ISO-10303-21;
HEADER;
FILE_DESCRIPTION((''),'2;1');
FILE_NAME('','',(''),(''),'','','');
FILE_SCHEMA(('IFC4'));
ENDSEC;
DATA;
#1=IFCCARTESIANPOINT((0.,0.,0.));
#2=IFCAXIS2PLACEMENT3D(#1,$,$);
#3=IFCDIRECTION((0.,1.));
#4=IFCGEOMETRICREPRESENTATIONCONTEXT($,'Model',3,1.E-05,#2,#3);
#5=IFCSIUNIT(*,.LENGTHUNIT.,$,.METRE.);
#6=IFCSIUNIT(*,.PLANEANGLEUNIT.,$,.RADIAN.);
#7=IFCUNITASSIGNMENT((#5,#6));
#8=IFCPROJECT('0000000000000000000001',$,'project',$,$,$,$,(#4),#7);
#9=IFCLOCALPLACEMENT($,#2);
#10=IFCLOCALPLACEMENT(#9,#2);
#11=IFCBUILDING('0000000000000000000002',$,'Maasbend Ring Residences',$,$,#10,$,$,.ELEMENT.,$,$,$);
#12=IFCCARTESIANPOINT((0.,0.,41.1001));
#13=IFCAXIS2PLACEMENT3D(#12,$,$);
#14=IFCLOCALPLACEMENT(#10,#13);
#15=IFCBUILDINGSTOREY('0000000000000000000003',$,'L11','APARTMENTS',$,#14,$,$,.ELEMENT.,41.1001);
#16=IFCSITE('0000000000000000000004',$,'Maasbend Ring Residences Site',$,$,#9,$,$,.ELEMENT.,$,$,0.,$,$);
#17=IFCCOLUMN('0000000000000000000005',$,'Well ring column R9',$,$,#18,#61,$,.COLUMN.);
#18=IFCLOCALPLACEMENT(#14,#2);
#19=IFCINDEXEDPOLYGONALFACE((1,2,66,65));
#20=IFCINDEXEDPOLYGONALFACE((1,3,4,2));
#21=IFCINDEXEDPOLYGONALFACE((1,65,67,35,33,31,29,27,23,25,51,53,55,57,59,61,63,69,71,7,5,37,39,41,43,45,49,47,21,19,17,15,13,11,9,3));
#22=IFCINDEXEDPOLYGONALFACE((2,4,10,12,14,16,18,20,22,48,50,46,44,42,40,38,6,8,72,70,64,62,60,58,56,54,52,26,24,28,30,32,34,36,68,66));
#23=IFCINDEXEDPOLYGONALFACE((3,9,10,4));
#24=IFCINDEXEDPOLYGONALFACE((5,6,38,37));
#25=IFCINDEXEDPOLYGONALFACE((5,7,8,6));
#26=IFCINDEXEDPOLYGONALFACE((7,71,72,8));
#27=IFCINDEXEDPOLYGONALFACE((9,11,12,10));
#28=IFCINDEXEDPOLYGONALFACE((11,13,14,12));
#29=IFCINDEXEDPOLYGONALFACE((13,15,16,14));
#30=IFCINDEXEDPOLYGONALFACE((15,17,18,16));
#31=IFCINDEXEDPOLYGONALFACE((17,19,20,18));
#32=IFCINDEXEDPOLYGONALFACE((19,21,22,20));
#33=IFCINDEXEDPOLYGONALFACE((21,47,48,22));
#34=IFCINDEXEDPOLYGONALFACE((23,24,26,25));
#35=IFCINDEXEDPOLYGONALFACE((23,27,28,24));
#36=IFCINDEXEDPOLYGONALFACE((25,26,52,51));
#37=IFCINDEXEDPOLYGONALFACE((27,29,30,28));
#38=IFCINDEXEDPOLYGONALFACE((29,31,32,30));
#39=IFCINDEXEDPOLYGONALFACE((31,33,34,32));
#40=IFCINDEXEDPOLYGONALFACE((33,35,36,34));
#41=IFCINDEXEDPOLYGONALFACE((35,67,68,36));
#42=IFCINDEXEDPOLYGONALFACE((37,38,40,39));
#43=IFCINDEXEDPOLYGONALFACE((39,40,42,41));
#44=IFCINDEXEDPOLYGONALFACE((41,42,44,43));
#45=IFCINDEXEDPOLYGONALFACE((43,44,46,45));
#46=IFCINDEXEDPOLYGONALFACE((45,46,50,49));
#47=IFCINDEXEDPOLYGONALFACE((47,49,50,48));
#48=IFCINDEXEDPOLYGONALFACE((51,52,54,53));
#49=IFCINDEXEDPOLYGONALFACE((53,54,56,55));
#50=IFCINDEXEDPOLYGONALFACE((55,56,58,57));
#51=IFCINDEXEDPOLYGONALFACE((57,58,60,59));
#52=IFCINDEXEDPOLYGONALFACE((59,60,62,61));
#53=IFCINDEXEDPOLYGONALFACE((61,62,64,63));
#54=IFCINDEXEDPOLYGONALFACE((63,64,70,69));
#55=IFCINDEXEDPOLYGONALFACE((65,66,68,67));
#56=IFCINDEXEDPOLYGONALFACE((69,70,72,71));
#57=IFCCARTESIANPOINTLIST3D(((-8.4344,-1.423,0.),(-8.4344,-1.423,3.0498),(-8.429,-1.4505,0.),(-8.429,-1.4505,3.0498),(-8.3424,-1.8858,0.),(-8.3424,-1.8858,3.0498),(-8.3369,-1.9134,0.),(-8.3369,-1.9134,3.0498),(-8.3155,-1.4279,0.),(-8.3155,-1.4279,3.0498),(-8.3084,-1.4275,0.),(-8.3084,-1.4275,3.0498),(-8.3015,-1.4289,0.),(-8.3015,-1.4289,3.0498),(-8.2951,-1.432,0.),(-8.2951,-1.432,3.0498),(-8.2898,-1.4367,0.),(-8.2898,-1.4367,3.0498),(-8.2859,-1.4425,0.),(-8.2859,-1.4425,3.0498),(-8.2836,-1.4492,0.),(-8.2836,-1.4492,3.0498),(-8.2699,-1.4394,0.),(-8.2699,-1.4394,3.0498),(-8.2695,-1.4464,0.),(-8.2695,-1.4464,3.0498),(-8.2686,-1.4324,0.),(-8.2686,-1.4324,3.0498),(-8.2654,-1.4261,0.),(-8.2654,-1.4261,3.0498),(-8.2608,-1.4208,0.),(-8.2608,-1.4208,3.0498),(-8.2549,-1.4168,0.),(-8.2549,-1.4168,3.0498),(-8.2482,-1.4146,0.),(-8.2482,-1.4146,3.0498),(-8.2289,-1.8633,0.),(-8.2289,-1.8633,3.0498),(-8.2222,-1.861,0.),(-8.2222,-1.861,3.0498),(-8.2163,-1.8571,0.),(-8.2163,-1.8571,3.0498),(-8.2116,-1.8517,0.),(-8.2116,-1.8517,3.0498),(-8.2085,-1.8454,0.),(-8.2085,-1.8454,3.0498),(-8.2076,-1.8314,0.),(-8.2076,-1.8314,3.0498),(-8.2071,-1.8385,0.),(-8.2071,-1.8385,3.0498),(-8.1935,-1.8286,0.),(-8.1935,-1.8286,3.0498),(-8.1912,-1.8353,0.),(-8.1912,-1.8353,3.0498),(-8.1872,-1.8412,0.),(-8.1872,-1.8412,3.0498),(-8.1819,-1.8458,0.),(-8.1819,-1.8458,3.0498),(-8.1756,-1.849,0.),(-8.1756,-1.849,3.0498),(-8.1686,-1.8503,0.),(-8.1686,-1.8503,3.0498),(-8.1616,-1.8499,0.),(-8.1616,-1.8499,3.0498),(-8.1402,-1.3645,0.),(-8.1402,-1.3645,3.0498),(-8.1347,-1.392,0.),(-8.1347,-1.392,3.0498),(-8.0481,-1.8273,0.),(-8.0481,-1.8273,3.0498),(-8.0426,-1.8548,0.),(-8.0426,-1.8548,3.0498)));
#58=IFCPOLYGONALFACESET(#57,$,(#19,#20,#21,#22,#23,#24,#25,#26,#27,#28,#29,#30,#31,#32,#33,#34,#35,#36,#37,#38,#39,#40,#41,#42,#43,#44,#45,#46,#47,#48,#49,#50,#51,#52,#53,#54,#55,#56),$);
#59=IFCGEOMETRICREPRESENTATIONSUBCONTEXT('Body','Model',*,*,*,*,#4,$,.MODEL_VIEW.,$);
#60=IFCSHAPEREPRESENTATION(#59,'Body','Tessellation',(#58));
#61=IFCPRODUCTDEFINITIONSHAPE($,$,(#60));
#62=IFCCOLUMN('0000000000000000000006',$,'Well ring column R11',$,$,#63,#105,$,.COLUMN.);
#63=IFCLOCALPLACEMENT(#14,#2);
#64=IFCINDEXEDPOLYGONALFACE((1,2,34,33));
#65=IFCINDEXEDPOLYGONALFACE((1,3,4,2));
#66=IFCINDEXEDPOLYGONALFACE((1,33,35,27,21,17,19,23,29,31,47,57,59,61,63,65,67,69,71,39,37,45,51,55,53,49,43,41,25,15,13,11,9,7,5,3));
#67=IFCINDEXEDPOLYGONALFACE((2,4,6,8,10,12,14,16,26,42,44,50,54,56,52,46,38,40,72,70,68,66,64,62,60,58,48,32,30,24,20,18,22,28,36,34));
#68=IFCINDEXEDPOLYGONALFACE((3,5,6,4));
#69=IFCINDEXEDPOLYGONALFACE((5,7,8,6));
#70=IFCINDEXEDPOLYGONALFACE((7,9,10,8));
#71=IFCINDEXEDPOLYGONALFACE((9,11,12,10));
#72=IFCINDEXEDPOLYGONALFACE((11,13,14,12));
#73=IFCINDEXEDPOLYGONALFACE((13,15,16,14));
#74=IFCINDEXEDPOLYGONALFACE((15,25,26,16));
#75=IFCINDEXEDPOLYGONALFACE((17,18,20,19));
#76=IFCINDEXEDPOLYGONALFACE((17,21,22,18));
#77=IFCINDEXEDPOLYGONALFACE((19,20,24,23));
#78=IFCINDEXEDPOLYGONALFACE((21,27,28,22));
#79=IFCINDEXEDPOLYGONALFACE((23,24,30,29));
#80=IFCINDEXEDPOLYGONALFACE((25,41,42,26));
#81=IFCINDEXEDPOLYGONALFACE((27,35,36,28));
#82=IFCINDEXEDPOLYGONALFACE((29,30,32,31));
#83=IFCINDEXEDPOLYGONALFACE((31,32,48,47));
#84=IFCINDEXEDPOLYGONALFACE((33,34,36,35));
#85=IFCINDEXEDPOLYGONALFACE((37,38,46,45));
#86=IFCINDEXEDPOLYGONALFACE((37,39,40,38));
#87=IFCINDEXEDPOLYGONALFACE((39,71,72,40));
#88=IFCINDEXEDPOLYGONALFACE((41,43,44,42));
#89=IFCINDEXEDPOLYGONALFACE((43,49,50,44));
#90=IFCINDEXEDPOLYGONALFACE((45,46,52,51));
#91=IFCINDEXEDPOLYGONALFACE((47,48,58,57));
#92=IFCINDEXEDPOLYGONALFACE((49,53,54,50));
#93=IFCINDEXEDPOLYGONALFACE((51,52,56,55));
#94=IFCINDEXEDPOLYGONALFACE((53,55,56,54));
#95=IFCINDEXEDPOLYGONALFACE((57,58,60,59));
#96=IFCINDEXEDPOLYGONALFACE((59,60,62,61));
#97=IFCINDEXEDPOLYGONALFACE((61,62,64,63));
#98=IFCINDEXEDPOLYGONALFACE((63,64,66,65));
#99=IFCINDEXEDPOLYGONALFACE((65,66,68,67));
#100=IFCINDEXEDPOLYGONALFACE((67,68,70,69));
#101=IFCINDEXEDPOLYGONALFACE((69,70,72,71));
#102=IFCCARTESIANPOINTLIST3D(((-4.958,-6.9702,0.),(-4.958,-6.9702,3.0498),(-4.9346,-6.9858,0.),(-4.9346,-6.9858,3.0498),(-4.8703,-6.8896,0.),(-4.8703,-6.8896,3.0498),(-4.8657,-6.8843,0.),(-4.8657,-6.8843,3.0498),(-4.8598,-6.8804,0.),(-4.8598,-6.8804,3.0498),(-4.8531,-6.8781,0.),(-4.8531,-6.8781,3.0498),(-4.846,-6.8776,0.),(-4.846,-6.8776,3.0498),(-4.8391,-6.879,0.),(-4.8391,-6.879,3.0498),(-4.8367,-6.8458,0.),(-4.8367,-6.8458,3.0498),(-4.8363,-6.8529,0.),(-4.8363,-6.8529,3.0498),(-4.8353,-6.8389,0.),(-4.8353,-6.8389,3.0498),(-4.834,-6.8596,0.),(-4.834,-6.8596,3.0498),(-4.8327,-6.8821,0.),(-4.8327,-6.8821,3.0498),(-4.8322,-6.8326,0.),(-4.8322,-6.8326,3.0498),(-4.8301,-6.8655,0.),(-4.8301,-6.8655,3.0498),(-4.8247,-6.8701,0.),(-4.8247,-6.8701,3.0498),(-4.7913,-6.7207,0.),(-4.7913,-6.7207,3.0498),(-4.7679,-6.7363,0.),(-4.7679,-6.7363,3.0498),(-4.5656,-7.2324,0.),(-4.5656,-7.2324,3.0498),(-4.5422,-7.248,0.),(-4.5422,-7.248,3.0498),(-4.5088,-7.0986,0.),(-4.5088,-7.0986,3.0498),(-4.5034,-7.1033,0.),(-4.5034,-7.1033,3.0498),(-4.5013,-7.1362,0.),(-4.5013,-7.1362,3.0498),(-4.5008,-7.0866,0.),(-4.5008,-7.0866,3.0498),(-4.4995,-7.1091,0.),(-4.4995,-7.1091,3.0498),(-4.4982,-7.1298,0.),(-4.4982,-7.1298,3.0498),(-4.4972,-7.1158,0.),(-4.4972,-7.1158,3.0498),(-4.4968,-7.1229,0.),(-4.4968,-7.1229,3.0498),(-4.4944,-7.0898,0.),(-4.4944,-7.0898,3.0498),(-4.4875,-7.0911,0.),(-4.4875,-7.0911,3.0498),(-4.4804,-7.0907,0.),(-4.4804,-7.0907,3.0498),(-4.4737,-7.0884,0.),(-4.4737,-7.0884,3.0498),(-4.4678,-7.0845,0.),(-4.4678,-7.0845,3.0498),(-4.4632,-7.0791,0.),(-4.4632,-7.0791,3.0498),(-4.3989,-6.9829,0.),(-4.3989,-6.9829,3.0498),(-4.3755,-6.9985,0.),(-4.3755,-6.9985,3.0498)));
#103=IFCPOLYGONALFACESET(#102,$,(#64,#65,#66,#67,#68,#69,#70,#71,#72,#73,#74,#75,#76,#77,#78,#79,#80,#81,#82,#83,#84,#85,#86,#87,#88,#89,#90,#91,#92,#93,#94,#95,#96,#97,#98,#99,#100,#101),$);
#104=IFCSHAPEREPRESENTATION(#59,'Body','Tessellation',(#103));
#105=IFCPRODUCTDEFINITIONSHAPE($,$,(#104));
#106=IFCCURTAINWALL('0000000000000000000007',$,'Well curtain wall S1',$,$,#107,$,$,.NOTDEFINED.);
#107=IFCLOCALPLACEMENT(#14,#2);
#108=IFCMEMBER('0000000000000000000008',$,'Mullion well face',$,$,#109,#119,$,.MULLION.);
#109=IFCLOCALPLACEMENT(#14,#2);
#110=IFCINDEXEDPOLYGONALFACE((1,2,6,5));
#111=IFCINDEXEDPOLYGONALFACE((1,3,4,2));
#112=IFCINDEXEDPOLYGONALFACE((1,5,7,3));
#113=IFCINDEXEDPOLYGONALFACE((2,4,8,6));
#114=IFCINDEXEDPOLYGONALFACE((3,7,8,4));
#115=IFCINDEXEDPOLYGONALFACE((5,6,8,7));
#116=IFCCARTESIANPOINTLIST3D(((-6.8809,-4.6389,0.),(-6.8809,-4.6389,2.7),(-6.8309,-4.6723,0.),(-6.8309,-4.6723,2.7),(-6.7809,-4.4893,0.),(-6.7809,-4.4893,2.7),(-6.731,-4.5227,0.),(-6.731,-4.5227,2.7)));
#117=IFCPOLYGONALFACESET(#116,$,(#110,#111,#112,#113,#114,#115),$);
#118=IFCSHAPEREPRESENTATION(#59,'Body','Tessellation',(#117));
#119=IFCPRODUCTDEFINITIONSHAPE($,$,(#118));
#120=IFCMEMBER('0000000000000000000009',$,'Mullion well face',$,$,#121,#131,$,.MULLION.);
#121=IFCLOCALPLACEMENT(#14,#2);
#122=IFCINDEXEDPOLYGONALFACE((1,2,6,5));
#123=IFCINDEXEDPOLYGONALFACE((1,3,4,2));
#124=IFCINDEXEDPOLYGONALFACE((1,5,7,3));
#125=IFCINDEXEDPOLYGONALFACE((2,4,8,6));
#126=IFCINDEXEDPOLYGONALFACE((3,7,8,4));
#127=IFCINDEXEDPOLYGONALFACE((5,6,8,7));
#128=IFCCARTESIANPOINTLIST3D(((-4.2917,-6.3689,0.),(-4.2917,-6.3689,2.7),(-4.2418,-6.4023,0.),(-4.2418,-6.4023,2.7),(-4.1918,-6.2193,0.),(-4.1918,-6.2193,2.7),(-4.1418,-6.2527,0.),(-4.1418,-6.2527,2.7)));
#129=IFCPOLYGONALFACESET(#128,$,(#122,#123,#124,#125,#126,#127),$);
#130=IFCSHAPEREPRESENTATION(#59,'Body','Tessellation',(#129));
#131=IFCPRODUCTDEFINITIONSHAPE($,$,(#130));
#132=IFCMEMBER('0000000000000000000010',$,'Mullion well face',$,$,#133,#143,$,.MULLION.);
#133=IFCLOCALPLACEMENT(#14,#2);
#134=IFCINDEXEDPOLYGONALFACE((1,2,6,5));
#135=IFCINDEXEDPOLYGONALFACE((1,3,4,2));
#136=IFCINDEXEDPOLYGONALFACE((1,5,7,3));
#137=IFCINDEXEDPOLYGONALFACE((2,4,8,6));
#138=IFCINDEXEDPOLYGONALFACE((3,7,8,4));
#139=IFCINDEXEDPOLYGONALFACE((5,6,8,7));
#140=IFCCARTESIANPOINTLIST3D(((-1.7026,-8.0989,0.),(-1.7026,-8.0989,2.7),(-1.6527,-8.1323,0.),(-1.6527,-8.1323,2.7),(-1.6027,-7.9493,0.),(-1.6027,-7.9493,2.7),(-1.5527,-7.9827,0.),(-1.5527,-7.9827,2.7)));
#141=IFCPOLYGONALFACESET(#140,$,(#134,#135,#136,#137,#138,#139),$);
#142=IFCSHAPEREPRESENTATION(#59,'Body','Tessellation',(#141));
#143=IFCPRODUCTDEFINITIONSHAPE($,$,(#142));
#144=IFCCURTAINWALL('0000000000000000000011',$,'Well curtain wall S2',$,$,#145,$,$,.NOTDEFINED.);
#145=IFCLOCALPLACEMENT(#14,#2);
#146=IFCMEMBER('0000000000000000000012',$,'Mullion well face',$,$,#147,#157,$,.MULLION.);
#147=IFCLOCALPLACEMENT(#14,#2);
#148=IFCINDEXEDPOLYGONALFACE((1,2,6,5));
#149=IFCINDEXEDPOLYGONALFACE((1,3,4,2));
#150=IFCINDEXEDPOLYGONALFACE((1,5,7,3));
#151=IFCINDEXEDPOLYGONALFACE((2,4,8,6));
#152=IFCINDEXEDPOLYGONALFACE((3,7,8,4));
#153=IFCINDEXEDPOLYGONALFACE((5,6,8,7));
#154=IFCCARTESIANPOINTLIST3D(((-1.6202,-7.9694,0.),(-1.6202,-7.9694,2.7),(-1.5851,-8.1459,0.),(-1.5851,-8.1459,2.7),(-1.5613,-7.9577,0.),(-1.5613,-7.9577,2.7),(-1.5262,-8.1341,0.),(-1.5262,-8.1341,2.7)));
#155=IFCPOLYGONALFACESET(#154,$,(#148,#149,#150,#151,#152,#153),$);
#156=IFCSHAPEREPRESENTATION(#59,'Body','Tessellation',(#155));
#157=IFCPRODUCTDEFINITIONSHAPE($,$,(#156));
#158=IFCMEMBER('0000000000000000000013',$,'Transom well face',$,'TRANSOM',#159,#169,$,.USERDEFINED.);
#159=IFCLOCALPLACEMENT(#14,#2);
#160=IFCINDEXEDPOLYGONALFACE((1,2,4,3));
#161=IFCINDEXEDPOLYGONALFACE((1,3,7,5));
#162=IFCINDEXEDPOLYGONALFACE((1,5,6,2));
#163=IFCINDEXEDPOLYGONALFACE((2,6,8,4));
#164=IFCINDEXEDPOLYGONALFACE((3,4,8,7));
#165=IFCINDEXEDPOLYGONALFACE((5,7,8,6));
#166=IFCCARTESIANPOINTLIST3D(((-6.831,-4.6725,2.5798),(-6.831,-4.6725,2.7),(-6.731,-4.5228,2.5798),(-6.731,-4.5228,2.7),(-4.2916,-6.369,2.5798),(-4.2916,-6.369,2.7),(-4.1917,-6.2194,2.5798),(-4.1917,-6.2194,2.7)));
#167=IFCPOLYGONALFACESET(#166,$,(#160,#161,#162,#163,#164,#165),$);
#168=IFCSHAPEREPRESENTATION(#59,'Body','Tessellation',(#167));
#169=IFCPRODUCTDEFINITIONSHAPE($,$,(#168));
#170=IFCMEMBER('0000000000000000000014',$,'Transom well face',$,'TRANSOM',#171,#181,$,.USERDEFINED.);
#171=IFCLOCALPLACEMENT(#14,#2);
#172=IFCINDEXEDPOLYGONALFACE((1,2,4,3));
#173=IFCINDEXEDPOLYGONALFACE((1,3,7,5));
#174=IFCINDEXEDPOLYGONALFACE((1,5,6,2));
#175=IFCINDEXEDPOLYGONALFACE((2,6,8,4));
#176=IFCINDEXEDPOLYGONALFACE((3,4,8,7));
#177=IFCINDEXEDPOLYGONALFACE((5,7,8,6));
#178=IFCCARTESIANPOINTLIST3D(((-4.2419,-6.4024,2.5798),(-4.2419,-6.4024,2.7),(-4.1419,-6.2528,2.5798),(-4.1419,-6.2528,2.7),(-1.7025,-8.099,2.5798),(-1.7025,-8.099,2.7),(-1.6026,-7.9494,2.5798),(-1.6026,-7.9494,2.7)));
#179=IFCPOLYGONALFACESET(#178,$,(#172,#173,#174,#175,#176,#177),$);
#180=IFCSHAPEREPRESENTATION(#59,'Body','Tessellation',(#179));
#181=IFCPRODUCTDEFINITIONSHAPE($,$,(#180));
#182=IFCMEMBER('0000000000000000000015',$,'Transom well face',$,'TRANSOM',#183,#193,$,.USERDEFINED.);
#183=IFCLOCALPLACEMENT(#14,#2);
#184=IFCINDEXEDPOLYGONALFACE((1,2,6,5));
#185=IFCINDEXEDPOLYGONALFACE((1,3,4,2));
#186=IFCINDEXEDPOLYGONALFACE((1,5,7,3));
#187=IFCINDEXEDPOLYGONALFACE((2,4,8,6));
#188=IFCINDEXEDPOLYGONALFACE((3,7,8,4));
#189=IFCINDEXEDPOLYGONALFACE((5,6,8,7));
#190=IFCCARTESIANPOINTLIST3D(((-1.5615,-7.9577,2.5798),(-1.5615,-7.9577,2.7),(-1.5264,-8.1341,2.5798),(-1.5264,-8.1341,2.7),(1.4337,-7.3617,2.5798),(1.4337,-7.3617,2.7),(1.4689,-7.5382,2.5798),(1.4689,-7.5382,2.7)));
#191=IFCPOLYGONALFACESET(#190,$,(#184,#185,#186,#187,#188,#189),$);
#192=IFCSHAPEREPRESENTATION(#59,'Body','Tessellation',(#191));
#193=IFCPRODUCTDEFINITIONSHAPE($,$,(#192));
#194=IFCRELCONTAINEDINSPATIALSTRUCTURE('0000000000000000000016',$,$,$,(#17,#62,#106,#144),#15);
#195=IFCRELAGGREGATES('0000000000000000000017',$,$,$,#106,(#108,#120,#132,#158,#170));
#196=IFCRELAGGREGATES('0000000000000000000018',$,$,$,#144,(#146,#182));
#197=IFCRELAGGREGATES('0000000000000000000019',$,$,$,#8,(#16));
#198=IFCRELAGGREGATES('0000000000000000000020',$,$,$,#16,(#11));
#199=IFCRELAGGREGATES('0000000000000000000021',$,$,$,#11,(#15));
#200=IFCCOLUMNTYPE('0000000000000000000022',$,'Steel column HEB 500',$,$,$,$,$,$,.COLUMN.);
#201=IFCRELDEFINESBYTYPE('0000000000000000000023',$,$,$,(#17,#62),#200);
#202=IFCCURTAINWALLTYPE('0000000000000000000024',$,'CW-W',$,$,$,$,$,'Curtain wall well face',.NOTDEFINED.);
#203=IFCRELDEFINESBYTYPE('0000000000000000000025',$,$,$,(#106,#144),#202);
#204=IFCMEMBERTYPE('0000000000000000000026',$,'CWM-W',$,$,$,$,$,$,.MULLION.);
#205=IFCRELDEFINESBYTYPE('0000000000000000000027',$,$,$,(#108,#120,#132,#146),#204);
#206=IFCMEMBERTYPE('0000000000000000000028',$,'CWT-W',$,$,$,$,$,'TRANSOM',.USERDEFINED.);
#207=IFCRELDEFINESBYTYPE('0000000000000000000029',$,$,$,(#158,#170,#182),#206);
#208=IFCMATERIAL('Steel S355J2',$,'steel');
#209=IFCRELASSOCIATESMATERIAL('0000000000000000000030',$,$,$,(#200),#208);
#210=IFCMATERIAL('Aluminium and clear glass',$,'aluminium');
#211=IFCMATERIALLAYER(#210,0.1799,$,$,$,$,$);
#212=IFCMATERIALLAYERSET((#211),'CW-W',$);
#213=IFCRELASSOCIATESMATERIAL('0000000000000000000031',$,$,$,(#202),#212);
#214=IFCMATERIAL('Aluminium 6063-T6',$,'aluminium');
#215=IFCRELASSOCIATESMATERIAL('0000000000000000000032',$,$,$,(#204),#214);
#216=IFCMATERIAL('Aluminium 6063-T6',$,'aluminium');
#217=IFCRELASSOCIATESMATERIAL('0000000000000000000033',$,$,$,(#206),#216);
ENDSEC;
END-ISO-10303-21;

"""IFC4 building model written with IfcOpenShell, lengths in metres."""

from ifc_helpers import new_model, si_unit, direction, frame, origin, origin_2d, place, context, subcontext, project, spatial, rectangle, i_section, extrude, material, layer, layer_set, material_profile, profile_set, type_object, element, aggregate, save


model = new_model("IFC4")

# Units and contexts
model_context = context("Model", 3, precision=1e-05, world=origin(), true_north=direction((0.0, 1.0)))
body_context = subcontext(model_context, "Body", "Model", "MODEL_VIEW")
ifc_project = project(units=[si_unit("LENGTHUNIT", "METRE"), si_unit("PLANEANGLEUNIT", "RADIAN")], contexts=[model_context])

# Site, building, storey
site_placement = place(None, origin())
site = spatial("IfcSite", under=ifc_project, at=site_placement, Name="Maasbend Ring Residences Site", CompositionType="ELEMENT", RefElevation=0.0)
building_placement = place(site_placement, origin())
building = spatial("IfcBuilding", under=site, at=building_placement, Name="Maasbend Ring Residences", CompositionType="ELEMENT")
storey_placement = place(building_placement, frame((0.0, 0.0, 41.1001)))
storey = spatial("IfcBuildingStorey", under=building, at=storey_placement, Name="L11", Description="APARTMENTS", CompositionType="ELEMENT", Elevation=41.1001)

# Columns
ifc_material_1 = material(Name="Steel S355J2", Category="steel")
ifc_material_profile_1 = material_profile(ifc_material_1, i_section(OverallWidth=0.3, OverallDepth=0.5, WebThickness=0.0144, FlangeThickness=0.0281, FilletRadius=0.0271, at=origin_2d()), Name="HEB 500")
ifc_profile_set_1 = profile_set([ifc_material_profile_1], Name="Steel S355J2")
column_type = type_object("IfcColumnType", Name="Steel column HEB 500", PredefinedType="COLUMN", material=ifc_profile_set_1)
for number, where, z_axis, x_axis, name in (
    (1, (-8.2385, -1.6389, 0.0), (0.0, 0.0, 1.0), (-0.980785, -0.19509, 0.0), "Well ring column R9"),
    (2, (-4.6667, -6.9844, 0.0), (0.0, 0.0, 1.0), (-0.55557, -0.83147, 0.0), "Well ring column R11"),
):
    element("IfcColumn", number, at=place(storey_placement, frame(where, z_axis=z_axis, x_axis=x_axis)), inside=storey, type_object=column_type, Name=name, PredefinedType="COLUMN", context=body_context, shape_type="SweptSolid", body=[
        extrude(i_section(OverallWidth=0.3, OverallDepth=0.5, WebThickness=0.0144, FlangeThickness=0.0281, FilletRadius=0.0271, at=origin_2d()), origin(), (0.0, 0.0, 1.0), 3.0498),
    ])

# Curtain wall, members
ifc_material_2 = material(Name="Aluminium and clear glass", Category="aluminium")
ifc_layer_1 = layer(ifc_material_2, 0.1799)
ifc_layer_set_1 = layer_set([ifc_layer_1], Name="CW-W")
curtain_wall_type = type_object("IfcCurtainWallType", Name="CW-W", ElementType="Curtain wall well face", PredefinedType="NOTDEFINED", material=ifc_layer_set_1)
curtain_wall_1_placement = place(storey_placement, origin())
curtain_wall_1 = element("IfcCurtainWall", 3, at=curtain_wall_1_placement, inside=storey, type_object=curtain_wall_type, Name="Well curtain wall S1", PredefinedType="NOTDEFINED")
ifc_material_3 = material(Name="Aluminium 6063-T6", Category="aluminium")
ifc_material_profile_2 = material_profile(ifc_material_3, rectangle(XDim=0.1799, YDim=0.0601, at=origin_2d()), Name="AL 180x60")
ifc_profile_set_2 = profile_set([ifc_material_profile_2], Name="Aluminium 6063-T6")
member_type_1 = type_object("IfcMemberType", Name="CWM-W", PredefinedType="MULLION", material=ifc_profile_set_2)
member_1_placement = place(storey_placement, frame((-6.8059, -4.5808, 0.0), z_axis=(0.0, 0.0, 1.0), x_axis=(0.55557, 0.83147, 0.0)))
member_1 = element("IfcMember", 4, at=member_1_placement, type_object=member_type_1, Name="Mullion well face", PredefinedType="MULLION", context=body_context, shape_type="SweptSolid", body=[
    extrude(rectangle(XDim=0.1799, YDim=0.0601, at=origin_2d()), origin(), (0.0, 0.0, 1.0), 2.7),
])
member_2_placement = place(storey_placement, frame((-4.2168, -6.3108, 0.0), z_axis=(0.0, 0.0, 1.0), x_axis=(0.55557, 0.83147, 0.0)))
member_2 = element("IfcMember", 5, at=member_2_placement, type_object=member_type_1, Name="Mullion well face", PredefinedType="MULLION", context=body_context, shape_type="SweptSolid", body=[
    extrude(rectangle(XDim=0.1799, YDim=0.0601, at=origin_2d()), origin(), (0.0, 0.0, 1.0), 2.7),
])
member_3_placement = place(storey_placement, frame((-1.6277, -8.0408, 0.0), z_axis=(0.0, 0.0, 1.0), x_axis=(0.55557, 0.83147, 0.0)))
member_3 = element("IfcMember", 6, at=member_3_placement, type_object=member_type_1, Name="Mullion well face", PredefinedType="MULLION", context=body_context, shape_type="SweptSolid", body=[
    extrude(rectangle(XDim=0.1799, YDim=0.0601, at=origin_2d()), origin(), (0.0, 0.0, 1.0), 2.7),
])

# Curtain wall, member
curtain_wall_2_placement = place(storey_placement, origin())
curtain_wall_2 = element("IfcCurtainWall", 7, at=curtain_wall_2_placement, inside=storey, type_object=curtain_wall_type, Name="Well curtain wall S2", PredefinedType="NOTDEFINED")
member_4_placement = place(storey_placement, frame((-1.5732, -8.0518, 0.0), z_axis=(0.0, 0.0, 1.0), x_axis=(-0.19509, 0.980785, 0.0)))
member_4 = element("IfcMember", 8, at=member_4_placement, type_object=member_type_1, Name="Mullion well face", PredefinedType="MULLION", context=body_context, shape_type="SweptSolid", body=[
    extrude(rectangle(XDim=0.1799, YDim=0.0601, at=origin_2d()), origin(), (0.0, 0.0, 1.0), 2.7),
])

# Members
ifc_material_4 = material(Name="Aluminium 6063-T6", Category="aluminium")
ifc_material_profile_3 = material_profile(ifc_material_4, rectangle(XDim=0.1799, YDim=0.1201, at=origin_2d()), Name="AL 180x120")
ifc_profile_set_3 = profile_set([ifc_material_profile_3], Name="Aluminium 6063-T6")
member_type_2 = type_object("IfcMemberType", Name="CWT-W", ElementType="TRANSOM", PredefinedType="USERDEFINED", material=ifc_profile_set_3)
member_5_placement = place(storey_placement, frame((-6.781, -4.5977, 2.6399), z_axis=(0.831496, -0.55553, 0.0), x_axis=(0.55553, 0.831496, 0.0)))
member_5 = element("IfcMember", 9, at=member_5_placement, type_object=member_type_2, Name="Transom well face", ObjectType="TRANSOM", PredefinedType="USERDEFINED", context=body_context, shape_type="SweptSolid", body=[
    extrude(rectangle(XDim=0.1799, YDim=0.1201, at=origin_2d()), origin(), (0.0, 0.0, 1.0), 3.054),
])
member_6_placement = place(storey_placement, frame((-4.1919, -6.3276, 2.6399), z_axis=(0.831496, -0.55553, 0.0), x_axis=(0.55553, 0.831496, 0.0)))
member_6 = element("IfcMember", 10, at=member_6_placement, type_object=member_type_2, Name="Transom well face", ObjectType="TRANSOM", PredefinedType="USERDEFINED", context=body_context, shape_type="SweptSolid", body=[
    extrude(rectangle(XDim=0.1799, YDim=0.1201, at=origin_2d()), origin(), (0.0, 0.0, 1.0), 3.054),
])
member_7_placement = place(storey_placement, frame((-1.5439, -8.0459, 2.6399), z_axis=(0.980777, 0.195132, 0.0), x_axis=(-0.195132, 0.980777, 0.0)))
member_7 = element("IfcMember", 11, at=member_7_placement, type_object=member_type_2, Name="Transom well face", ObjectType="TRANSOM", PredefinedType="USERDEFINED", context=body_context, shape_type="SweptSolid", body=[
    extrude(rectangle(XDim=0.1799, YDim=0.1201, at=origin_2d()), origin(), (0.0, 0.0, 1.0), 3.054),
])

aggregate(curtain_wall_1, [member_1, member_2, member_3, member_5, member_6])
aggregate(curtain_wall_2, [member_4, member_7])

save(model, "model.ifc")
